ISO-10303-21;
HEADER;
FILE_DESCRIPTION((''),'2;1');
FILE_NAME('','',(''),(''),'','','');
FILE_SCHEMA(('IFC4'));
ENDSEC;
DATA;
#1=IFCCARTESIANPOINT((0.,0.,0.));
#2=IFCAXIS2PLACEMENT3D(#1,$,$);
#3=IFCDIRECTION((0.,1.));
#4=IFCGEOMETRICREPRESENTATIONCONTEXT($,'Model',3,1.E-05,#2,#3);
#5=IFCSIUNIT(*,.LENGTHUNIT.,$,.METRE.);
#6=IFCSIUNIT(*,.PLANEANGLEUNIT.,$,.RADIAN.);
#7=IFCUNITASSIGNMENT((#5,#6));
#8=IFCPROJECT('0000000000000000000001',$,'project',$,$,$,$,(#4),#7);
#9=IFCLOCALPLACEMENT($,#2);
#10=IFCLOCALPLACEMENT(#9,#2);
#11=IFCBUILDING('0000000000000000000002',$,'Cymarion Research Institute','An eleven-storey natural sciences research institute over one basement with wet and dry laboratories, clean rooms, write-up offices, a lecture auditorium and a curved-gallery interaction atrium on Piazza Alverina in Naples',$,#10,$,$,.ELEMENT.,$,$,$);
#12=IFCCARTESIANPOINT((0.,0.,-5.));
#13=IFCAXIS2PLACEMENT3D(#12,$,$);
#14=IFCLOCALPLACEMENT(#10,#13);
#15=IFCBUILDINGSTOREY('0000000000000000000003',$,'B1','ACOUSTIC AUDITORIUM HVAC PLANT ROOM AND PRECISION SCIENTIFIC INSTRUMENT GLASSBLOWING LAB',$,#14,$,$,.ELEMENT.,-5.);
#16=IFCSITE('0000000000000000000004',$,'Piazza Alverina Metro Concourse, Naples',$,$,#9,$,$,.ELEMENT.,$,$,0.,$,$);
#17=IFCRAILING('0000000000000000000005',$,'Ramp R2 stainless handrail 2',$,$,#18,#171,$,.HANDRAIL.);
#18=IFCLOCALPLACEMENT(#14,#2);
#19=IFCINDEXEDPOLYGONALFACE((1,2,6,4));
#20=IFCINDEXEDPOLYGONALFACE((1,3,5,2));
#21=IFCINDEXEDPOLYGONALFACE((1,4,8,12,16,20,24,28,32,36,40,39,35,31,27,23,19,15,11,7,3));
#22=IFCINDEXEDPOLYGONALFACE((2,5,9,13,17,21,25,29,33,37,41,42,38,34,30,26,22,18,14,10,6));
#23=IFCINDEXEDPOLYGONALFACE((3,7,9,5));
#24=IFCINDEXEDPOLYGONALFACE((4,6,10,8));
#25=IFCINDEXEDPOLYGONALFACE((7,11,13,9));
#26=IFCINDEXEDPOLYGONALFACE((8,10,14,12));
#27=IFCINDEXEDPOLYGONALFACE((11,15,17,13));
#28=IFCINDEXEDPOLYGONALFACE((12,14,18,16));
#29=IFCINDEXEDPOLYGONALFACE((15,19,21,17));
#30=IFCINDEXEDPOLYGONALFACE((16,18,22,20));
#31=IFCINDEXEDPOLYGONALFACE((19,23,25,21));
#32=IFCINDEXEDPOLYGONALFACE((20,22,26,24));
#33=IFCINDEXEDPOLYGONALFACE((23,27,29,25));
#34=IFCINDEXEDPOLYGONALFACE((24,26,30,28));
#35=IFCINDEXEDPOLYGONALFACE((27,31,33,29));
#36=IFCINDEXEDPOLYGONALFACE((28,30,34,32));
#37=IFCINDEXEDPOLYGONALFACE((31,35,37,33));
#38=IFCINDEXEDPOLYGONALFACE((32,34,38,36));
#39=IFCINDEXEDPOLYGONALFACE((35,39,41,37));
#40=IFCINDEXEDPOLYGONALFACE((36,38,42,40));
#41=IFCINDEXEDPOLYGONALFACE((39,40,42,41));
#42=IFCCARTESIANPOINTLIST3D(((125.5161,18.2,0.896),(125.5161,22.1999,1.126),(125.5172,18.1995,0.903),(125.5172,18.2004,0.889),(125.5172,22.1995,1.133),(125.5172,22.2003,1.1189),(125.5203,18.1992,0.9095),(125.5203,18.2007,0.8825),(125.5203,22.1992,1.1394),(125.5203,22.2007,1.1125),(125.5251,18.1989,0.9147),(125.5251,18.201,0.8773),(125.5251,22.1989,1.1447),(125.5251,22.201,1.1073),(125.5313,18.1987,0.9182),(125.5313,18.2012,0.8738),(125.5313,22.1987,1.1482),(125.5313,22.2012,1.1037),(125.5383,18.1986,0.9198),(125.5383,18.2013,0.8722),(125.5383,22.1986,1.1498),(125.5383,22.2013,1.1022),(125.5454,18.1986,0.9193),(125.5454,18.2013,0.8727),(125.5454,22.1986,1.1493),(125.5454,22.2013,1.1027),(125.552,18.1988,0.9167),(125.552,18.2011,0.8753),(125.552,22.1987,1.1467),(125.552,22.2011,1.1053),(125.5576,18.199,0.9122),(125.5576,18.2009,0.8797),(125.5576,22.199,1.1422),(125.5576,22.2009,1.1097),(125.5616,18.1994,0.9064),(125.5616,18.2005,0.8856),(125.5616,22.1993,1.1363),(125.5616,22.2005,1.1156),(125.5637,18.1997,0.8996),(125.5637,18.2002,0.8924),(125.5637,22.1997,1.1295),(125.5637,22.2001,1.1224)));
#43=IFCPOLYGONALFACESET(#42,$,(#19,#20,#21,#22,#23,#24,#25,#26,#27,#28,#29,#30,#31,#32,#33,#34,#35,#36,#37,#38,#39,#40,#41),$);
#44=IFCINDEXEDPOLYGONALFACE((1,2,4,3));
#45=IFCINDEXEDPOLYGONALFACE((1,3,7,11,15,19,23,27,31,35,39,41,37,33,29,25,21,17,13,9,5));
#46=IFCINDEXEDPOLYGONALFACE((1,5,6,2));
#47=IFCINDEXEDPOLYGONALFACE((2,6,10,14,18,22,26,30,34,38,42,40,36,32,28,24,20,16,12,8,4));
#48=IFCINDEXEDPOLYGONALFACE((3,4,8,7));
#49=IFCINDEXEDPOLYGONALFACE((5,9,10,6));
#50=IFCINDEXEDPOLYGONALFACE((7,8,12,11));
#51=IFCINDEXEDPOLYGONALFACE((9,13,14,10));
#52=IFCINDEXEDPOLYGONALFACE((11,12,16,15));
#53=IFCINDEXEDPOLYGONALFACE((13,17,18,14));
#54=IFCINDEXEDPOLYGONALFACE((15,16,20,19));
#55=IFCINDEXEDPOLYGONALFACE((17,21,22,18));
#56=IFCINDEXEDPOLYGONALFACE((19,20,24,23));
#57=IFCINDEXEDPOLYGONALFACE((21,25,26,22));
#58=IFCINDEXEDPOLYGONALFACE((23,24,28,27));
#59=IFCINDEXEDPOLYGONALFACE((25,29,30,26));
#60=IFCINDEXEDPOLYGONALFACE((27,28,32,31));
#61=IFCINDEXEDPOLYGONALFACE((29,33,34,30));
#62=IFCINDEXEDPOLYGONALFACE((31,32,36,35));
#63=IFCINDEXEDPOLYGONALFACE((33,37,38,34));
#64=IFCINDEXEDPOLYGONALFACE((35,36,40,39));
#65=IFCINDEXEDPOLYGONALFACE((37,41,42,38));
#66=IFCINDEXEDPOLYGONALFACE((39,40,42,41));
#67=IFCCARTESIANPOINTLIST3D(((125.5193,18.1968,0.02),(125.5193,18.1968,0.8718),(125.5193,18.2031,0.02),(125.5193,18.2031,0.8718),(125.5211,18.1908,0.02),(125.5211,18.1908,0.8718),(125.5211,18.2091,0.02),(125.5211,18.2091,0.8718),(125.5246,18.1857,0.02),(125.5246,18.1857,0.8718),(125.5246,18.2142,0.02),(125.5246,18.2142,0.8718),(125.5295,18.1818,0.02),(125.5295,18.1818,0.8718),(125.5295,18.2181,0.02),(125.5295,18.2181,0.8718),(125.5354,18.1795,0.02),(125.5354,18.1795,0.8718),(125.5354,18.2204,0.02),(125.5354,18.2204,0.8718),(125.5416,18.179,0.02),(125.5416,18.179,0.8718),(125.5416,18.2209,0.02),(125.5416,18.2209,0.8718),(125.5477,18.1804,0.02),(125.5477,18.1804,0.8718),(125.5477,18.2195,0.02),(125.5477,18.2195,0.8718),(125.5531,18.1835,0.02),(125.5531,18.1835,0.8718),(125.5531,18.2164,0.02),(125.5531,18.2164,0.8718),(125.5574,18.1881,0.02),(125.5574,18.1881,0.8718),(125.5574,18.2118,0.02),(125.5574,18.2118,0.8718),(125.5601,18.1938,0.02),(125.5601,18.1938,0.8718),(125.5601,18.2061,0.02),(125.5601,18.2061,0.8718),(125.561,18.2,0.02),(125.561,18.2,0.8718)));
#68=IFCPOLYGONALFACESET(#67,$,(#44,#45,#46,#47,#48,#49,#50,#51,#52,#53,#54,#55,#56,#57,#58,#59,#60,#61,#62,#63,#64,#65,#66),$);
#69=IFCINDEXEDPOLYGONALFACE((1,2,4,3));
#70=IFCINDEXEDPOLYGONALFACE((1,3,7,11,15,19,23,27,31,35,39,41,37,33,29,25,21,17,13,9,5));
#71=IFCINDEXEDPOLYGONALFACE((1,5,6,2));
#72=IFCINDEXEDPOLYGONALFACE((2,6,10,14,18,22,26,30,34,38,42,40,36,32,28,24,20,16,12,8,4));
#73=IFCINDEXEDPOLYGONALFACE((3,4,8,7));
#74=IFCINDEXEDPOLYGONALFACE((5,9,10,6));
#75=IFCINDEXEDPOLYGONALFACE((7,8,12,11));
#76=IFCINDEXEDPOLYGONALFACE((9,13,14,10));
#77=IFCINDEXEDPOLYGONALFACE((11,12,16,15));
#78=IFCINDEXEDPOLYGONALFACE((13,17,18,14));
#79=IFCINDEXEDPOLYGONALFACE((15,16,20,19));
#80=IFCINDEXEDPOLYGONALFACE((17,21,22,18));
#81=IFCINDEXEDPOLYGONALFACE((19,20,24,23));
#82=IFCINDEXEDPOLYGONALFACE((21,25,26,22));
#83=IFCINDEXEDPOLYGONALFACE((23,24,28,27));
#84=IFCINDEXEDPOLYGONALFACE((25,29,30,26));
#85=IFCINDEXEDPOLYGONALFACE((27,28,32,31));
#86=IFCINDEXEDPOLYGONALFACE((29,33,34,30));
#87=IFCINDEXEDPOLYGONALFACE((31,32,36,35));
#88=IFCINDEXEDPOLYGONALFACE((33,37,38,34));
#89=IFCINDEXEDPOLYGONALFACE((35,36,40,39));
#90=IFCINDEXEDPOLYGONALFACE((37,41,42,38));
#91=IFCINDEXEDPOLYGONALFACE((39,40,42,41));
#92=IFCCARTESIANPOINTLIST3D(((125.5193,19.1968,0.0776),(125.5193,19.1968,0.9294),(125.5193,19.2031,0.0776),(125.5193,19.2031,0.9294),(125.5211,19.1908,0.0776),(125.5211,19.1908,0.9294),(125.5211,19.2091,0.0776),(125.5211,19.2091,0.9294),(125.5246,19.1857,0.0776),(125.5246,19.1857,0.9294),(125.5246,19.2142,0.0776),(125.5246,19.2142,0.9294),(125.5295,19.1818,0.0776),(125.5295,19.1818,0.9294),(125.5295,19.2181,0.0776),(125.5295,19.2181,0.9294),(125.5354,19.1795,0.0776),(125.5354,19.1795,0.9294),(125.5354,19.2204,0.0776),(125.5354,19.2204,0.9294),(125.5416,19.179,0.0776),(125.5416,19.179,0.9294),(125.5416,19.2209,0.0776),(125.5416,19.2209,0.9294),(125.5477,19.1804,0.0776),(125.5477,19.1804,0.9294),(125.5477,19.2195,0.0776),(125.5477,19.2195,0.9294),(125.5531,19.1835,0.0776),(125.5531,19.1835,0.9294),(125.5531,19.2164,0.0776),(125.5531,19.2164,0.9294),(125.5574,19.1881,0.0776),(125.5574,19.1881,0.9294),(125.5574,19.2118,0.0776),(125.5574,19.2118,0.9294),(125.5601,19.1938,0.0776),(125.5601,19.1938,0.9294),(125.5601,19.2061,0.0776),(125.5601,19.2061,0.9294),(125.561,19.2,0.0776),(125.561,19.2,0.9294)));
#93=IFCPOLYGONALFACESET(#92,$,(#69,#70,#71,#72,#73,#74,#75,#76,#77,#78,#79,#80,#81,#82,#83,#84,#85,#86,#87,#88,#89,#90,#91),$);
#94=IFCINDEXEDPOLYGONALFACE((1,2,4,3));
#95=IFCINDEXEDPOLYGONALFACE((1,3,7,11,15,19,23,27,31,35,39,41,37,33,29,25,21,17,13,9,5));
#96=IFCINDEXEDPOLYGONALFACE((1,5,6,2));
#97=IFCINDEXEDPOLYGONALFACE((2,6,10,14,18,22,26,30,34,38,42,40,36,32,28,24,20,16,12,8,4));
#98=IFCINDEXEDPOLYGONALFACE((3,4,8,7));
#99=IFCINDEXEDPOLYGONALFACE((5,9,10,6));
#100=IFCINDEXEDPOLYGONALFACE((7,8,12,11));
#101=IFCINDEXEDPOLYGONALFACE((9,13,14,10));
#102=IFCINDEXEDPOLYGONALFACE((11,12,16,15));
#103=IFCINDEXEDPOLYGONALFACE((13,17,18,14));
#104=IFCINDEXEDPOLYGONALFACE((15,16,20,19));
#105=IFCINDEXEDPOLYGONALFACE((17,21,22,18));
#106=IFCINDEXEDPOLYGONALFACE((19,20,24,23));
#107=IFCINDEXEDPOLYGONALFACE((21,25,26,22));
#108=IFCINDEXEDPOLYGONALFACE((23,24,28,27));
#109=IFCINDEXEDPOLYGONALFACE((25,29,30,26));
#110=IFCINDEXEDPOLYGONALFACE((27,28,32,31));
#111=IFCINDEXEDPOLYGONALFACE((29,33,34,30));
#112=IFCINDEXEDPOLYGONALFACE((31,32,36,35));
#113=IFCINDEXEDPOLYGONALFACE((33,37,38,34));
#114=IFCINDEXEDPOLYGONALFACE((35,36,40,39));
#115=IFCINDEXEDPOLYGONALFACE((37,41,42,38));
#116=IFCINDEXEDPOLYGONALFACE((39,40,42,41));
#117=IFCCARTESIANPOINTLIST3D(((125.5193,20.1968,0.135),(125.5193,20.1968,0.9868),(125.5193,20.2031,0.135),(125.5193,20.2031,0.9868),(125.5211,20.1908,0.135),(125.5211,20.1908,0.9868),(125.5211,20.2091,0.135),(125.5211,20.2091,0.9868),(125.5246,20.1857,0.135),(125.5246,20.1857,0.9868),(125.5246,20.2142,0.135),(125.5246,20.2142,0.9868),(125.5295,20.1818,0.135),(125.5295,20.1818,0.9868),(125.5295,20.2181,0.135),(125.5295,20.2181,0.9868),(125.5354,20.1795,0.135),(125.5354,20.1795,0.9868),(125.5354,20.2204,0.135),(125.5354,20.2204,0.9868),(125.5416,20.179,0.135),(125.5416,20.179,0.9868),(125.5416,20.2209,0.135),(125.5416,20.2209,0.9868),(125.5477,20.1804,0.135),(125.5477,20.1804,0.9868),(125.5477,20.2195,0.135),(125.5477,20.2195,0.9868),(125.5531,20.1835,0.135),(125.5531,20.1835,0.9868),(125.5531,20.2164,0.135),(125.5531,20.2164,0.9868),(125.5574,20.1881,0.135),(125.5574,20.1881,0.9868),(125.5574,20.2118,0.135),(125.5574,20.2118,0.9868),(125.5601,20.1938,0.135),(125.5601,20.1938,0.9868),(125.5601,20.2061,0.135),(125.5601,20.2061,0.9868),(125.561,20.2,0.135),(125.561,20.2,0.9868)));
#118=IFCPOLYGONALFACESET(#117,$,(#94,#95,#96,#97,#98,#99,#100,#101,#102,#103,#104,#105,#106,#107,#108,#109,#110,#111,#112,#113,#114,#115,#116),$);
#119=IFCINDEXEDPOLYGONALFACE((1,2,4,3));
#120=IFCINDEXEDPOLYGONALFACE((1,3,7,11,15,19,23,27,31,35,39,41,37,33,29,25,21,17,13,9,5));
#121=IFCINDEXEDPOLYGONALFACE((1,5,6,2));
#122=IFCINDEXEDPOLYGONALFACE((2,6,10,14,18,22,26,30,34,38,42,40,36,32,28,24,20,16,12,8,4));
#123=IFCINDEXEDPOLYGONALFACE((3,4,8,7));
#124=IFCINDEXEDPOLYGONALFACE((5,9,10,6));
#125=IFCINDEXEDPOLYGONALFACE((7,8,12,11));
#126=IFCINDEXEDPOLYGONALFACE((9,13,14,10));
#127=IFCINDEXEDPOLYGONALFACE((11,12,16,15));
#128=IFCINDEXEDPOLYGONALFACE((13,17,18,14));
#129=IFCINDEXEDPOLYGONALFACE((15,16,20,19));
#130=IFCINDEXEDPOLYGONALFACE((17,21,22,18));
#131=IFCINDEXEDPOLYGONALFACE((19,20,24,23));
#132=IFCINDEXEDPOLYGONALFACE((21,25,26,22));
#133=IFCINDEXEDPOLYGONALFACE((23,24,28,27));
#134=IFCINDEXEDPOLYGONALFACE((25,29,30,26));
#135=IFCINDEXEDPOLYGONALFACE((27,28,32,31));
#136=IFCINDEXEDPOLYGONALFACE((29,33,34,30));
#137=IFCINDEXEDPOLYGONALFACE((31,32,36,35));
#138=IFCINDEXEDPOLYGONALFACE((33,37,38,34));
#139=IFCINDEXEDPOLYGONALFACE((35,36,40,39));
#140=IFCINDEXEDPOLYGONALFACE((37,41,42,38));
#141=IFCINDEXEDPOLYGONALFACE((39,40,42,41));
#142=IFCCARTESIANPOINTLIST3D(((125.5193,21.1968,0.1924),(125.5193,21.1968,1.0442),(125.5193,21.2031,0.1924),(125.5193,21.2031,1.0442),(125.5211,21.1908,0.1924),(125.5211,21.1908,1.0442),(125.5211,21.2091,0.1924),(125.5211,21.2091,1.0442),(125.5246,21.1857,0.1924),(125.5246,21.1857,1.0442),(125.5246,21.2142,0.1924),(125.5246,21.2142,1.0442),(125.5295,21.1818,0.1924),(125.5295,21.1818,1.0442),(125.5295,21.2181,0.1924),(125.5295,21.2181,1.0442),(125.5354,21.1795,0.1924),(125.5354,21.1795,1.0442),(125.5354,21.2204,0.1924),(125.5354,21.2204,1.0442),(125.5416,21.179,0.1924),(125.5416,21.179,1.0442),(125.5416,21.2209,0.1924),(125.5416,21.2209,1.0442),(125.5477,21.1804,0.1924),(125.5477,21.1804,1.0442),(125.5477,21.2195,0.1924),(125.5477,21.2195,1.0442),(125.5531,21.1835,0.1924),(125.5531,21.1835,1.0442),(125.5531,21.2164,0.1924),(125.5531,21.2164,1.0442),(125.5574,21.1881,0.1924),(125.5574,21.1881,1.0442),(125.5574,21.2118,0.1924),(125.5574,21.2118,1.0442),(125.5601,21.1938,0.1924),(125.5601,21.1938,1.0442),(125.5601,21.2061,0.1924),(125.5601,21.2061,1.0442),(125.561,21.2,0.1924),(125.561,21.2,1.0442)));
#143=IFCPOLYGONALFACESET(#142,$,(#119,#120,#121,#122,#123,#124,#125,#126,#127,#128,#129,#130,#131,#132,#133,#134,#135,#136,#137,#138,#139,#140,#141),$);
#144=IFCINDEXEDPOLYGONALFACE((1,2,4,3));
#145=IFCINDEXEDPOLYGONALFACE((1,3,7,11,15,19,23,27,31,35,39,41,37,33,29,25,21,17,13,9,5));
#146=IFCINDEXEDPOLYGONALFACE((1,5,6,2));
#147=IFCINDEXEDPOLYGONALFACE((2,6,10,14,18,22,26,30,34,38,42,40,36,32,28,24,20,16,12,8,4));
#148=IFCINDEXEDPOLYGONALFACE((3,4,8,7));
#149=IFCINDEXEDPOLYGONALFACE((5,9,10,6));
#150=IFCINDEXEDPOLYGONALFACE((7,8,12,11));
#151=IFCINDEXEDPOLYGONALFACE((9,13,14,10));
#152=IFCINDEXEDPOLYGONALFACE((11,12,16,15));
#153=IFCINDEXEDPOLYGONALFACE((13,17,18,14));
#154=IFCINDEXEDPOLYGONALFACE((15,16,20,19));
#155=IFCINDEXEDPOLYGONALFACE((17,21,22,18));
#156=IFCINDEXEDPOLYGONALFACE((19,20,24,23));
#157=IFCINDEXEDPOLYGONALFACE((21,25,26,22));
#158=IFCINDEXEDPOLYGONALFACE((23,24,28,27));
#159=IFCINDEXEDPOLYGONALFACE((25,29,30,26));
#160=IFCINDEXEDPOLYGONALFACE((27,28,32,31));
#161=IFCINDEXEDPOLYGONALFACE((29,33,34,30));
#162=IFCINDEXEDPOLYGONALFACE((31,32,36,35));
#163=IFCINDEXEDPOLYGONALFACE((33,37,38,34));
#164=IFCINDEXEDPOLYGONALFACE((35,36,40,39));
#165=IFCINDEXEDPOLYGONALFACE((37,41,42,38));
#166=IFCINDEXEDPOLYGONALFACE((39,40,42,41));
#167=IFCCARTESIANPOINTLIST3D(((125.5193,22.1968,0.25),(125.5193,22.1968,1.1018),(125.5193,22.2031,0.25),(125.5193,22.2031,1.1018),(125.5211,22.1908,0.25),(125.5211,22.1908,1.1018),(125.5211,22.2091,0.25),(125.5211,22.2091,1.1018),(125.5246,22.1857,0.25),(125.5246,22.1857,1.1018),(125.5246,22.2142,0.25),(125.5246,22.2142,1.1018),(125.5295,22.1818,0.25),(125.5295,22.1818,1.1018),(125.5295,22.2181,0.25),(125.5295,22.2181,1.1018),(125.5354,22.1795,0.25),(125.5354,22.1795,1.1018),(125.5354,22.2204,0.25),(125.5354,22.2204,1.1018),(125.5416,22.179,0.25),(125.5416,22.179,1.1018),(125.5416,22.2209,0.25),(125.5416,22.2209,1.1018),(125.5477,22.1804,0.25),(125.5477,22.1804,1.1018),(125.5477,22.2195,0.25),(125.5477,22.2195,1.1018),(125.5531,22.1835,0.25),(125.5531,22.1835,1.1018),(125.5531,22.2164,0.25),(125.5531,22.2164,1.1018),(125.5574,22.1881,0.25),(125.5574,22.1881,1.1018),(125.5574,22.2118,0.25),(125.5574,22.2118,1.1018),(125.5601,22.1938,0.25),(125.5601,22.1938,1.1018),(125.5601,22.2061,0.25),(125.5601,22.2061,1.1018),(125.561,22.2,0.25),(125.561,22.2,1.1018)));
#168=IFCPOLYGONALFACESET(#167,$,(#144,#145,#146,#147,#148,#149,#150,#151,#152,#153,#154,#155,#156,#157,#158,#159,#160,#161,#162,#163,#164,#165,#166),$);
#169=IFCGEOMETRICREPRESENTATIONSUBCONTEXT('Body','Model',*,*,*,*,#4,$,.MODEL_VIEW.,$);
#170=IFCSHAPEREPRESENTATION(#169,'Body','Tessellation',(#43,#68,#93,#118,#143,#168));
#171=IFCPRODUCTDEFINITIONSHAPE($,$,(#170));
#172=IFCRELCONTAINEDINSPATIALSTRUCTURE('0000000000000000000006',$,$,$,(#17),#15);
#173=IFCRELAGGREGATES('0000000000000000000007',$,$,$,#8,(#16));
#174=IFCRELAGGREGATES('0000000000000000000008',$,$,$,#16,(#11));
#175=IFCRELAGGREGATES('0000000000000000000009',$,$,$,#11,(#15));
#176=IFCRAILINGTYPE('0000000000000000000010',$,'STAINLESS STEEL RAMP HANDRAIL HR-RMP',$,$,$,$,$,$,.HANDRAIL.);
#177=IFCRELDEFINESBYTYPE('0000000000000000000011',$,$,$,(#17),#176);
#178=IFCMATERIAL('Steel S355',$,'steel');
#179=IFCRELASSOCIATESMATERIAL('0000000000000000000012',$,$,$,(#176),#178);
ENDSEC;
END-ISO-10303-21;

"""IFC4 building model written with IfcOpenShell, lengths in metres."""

from ifc_helpers import new_model, si_unit, direction, frame, origin, origin_2d, place, context, subcontext, project, spatial, circle, extrude, material, type_object, element, save


model = new_model("IFC4")

# Units and contexts
model_context = context("Model", 3, precision=1e-05, world=origin(), true_north=direction((0.0, 1.0)))
body_context = subcontext(model_context, "Body", "Model", "MODEL_VIEW")
ifc_project = project(units=[si_unit("LENGTHUNIT", "METRE"), si_unit("PLANEANGLEUNIT", "RADIAN")], contexts=[model_context])

# Site, building, storey
site_placement = place(None, origin())
site = spatial("IfcSite", under=ifc_project, at=site_placement, Name="Piazza Alverina Metro Concourse, Naples", CompositionType="ELEMENT", RefElevation=0.0)
building_placement = place(site_placement, origin())
building = spatial("IfcBuilding", under=site, at=building_placement, Name="Cymarion Research Institute", Description="An eleven-storey natural sciences research institute over one basement with wet and dry laboratories, clean rooms, write-up offices, a lecture auditorium and a curved-gallery interaction atrium on Piazza Alverina in Naples", CompositionType="ELEMENT")
storey_placement = place(building_placement, frame((0.0, 0.0, -5.0)))
storey = spatial("IfcBuildingStorey", under=building, at=storey_placement, Name="B1", Description="ACOUSTIC AUDITORIUM HVAC PLANT ROOM AND PRECISION SCIENTIFIC INSTRUMENT GLASSBLOWING LAB", CompositionType="ELEMENT", Elevation=-5.0)

# Shared definitions
ifc_material_1 = material(Name="Steel S355", Category="steel")

# Railing
railing_type = type_object("IfcRailingType", Name="STAINLESS STEEL RAMP HANDRAIL HR-RMP", PredefinedType="HANDRAIL", material=ifc_material_1)
for number, where, name in (
    (1, (125.54, 18.2, 0.02), "Ramp R2 stainless handrail 2"),
):
    element("IfcRailing", number, at=place(storey_placement, frame(where)), inside=storey, type_object=railing_type, Name=name, PredefinedType="HANDRAIL", context=body_context, shape_type="SweptSolid", body=[
        extrude(circle(Radius=0.0239, at=origin_2d()), frame((0.0, 0.0, 0.876), z_axis=(0.0, 0.998351, 0.0574), x_axis=(-1.0, 0.0, 0.0)), (0.0, 0.0, 1.0), 4.0066),
        extrude(circle(Radius=0.021, at=origin_2d()), origin(), (0.0, 0.0, 1.0), 0.8518),
        extrude(circle(Radius=0.021, at=origin_2d()), frame((0.0, 1.0, 0.0576)), (0.0, 0.0, 1.0), 0.8518),
        extrude(circle(Radius=0.021, at=origin_2d()), frame((0.0, 2.0, 0.115)), (0.0, 0.0, 1.0), 0.8518),
        extrude(circle(Radius=0.021, at=origin_2d()), frame((0.0, 3.0, 0.1724)), (0.0, 0.0, 1.0), 0.8518),
        extrude(circle(Radius=0.021, at=origin_2d()), frame((0.0, 4.0, 0.23)), (0.0, 0.0, 1.0), 0.8518),
    ])

save(model, "model.ifc")
